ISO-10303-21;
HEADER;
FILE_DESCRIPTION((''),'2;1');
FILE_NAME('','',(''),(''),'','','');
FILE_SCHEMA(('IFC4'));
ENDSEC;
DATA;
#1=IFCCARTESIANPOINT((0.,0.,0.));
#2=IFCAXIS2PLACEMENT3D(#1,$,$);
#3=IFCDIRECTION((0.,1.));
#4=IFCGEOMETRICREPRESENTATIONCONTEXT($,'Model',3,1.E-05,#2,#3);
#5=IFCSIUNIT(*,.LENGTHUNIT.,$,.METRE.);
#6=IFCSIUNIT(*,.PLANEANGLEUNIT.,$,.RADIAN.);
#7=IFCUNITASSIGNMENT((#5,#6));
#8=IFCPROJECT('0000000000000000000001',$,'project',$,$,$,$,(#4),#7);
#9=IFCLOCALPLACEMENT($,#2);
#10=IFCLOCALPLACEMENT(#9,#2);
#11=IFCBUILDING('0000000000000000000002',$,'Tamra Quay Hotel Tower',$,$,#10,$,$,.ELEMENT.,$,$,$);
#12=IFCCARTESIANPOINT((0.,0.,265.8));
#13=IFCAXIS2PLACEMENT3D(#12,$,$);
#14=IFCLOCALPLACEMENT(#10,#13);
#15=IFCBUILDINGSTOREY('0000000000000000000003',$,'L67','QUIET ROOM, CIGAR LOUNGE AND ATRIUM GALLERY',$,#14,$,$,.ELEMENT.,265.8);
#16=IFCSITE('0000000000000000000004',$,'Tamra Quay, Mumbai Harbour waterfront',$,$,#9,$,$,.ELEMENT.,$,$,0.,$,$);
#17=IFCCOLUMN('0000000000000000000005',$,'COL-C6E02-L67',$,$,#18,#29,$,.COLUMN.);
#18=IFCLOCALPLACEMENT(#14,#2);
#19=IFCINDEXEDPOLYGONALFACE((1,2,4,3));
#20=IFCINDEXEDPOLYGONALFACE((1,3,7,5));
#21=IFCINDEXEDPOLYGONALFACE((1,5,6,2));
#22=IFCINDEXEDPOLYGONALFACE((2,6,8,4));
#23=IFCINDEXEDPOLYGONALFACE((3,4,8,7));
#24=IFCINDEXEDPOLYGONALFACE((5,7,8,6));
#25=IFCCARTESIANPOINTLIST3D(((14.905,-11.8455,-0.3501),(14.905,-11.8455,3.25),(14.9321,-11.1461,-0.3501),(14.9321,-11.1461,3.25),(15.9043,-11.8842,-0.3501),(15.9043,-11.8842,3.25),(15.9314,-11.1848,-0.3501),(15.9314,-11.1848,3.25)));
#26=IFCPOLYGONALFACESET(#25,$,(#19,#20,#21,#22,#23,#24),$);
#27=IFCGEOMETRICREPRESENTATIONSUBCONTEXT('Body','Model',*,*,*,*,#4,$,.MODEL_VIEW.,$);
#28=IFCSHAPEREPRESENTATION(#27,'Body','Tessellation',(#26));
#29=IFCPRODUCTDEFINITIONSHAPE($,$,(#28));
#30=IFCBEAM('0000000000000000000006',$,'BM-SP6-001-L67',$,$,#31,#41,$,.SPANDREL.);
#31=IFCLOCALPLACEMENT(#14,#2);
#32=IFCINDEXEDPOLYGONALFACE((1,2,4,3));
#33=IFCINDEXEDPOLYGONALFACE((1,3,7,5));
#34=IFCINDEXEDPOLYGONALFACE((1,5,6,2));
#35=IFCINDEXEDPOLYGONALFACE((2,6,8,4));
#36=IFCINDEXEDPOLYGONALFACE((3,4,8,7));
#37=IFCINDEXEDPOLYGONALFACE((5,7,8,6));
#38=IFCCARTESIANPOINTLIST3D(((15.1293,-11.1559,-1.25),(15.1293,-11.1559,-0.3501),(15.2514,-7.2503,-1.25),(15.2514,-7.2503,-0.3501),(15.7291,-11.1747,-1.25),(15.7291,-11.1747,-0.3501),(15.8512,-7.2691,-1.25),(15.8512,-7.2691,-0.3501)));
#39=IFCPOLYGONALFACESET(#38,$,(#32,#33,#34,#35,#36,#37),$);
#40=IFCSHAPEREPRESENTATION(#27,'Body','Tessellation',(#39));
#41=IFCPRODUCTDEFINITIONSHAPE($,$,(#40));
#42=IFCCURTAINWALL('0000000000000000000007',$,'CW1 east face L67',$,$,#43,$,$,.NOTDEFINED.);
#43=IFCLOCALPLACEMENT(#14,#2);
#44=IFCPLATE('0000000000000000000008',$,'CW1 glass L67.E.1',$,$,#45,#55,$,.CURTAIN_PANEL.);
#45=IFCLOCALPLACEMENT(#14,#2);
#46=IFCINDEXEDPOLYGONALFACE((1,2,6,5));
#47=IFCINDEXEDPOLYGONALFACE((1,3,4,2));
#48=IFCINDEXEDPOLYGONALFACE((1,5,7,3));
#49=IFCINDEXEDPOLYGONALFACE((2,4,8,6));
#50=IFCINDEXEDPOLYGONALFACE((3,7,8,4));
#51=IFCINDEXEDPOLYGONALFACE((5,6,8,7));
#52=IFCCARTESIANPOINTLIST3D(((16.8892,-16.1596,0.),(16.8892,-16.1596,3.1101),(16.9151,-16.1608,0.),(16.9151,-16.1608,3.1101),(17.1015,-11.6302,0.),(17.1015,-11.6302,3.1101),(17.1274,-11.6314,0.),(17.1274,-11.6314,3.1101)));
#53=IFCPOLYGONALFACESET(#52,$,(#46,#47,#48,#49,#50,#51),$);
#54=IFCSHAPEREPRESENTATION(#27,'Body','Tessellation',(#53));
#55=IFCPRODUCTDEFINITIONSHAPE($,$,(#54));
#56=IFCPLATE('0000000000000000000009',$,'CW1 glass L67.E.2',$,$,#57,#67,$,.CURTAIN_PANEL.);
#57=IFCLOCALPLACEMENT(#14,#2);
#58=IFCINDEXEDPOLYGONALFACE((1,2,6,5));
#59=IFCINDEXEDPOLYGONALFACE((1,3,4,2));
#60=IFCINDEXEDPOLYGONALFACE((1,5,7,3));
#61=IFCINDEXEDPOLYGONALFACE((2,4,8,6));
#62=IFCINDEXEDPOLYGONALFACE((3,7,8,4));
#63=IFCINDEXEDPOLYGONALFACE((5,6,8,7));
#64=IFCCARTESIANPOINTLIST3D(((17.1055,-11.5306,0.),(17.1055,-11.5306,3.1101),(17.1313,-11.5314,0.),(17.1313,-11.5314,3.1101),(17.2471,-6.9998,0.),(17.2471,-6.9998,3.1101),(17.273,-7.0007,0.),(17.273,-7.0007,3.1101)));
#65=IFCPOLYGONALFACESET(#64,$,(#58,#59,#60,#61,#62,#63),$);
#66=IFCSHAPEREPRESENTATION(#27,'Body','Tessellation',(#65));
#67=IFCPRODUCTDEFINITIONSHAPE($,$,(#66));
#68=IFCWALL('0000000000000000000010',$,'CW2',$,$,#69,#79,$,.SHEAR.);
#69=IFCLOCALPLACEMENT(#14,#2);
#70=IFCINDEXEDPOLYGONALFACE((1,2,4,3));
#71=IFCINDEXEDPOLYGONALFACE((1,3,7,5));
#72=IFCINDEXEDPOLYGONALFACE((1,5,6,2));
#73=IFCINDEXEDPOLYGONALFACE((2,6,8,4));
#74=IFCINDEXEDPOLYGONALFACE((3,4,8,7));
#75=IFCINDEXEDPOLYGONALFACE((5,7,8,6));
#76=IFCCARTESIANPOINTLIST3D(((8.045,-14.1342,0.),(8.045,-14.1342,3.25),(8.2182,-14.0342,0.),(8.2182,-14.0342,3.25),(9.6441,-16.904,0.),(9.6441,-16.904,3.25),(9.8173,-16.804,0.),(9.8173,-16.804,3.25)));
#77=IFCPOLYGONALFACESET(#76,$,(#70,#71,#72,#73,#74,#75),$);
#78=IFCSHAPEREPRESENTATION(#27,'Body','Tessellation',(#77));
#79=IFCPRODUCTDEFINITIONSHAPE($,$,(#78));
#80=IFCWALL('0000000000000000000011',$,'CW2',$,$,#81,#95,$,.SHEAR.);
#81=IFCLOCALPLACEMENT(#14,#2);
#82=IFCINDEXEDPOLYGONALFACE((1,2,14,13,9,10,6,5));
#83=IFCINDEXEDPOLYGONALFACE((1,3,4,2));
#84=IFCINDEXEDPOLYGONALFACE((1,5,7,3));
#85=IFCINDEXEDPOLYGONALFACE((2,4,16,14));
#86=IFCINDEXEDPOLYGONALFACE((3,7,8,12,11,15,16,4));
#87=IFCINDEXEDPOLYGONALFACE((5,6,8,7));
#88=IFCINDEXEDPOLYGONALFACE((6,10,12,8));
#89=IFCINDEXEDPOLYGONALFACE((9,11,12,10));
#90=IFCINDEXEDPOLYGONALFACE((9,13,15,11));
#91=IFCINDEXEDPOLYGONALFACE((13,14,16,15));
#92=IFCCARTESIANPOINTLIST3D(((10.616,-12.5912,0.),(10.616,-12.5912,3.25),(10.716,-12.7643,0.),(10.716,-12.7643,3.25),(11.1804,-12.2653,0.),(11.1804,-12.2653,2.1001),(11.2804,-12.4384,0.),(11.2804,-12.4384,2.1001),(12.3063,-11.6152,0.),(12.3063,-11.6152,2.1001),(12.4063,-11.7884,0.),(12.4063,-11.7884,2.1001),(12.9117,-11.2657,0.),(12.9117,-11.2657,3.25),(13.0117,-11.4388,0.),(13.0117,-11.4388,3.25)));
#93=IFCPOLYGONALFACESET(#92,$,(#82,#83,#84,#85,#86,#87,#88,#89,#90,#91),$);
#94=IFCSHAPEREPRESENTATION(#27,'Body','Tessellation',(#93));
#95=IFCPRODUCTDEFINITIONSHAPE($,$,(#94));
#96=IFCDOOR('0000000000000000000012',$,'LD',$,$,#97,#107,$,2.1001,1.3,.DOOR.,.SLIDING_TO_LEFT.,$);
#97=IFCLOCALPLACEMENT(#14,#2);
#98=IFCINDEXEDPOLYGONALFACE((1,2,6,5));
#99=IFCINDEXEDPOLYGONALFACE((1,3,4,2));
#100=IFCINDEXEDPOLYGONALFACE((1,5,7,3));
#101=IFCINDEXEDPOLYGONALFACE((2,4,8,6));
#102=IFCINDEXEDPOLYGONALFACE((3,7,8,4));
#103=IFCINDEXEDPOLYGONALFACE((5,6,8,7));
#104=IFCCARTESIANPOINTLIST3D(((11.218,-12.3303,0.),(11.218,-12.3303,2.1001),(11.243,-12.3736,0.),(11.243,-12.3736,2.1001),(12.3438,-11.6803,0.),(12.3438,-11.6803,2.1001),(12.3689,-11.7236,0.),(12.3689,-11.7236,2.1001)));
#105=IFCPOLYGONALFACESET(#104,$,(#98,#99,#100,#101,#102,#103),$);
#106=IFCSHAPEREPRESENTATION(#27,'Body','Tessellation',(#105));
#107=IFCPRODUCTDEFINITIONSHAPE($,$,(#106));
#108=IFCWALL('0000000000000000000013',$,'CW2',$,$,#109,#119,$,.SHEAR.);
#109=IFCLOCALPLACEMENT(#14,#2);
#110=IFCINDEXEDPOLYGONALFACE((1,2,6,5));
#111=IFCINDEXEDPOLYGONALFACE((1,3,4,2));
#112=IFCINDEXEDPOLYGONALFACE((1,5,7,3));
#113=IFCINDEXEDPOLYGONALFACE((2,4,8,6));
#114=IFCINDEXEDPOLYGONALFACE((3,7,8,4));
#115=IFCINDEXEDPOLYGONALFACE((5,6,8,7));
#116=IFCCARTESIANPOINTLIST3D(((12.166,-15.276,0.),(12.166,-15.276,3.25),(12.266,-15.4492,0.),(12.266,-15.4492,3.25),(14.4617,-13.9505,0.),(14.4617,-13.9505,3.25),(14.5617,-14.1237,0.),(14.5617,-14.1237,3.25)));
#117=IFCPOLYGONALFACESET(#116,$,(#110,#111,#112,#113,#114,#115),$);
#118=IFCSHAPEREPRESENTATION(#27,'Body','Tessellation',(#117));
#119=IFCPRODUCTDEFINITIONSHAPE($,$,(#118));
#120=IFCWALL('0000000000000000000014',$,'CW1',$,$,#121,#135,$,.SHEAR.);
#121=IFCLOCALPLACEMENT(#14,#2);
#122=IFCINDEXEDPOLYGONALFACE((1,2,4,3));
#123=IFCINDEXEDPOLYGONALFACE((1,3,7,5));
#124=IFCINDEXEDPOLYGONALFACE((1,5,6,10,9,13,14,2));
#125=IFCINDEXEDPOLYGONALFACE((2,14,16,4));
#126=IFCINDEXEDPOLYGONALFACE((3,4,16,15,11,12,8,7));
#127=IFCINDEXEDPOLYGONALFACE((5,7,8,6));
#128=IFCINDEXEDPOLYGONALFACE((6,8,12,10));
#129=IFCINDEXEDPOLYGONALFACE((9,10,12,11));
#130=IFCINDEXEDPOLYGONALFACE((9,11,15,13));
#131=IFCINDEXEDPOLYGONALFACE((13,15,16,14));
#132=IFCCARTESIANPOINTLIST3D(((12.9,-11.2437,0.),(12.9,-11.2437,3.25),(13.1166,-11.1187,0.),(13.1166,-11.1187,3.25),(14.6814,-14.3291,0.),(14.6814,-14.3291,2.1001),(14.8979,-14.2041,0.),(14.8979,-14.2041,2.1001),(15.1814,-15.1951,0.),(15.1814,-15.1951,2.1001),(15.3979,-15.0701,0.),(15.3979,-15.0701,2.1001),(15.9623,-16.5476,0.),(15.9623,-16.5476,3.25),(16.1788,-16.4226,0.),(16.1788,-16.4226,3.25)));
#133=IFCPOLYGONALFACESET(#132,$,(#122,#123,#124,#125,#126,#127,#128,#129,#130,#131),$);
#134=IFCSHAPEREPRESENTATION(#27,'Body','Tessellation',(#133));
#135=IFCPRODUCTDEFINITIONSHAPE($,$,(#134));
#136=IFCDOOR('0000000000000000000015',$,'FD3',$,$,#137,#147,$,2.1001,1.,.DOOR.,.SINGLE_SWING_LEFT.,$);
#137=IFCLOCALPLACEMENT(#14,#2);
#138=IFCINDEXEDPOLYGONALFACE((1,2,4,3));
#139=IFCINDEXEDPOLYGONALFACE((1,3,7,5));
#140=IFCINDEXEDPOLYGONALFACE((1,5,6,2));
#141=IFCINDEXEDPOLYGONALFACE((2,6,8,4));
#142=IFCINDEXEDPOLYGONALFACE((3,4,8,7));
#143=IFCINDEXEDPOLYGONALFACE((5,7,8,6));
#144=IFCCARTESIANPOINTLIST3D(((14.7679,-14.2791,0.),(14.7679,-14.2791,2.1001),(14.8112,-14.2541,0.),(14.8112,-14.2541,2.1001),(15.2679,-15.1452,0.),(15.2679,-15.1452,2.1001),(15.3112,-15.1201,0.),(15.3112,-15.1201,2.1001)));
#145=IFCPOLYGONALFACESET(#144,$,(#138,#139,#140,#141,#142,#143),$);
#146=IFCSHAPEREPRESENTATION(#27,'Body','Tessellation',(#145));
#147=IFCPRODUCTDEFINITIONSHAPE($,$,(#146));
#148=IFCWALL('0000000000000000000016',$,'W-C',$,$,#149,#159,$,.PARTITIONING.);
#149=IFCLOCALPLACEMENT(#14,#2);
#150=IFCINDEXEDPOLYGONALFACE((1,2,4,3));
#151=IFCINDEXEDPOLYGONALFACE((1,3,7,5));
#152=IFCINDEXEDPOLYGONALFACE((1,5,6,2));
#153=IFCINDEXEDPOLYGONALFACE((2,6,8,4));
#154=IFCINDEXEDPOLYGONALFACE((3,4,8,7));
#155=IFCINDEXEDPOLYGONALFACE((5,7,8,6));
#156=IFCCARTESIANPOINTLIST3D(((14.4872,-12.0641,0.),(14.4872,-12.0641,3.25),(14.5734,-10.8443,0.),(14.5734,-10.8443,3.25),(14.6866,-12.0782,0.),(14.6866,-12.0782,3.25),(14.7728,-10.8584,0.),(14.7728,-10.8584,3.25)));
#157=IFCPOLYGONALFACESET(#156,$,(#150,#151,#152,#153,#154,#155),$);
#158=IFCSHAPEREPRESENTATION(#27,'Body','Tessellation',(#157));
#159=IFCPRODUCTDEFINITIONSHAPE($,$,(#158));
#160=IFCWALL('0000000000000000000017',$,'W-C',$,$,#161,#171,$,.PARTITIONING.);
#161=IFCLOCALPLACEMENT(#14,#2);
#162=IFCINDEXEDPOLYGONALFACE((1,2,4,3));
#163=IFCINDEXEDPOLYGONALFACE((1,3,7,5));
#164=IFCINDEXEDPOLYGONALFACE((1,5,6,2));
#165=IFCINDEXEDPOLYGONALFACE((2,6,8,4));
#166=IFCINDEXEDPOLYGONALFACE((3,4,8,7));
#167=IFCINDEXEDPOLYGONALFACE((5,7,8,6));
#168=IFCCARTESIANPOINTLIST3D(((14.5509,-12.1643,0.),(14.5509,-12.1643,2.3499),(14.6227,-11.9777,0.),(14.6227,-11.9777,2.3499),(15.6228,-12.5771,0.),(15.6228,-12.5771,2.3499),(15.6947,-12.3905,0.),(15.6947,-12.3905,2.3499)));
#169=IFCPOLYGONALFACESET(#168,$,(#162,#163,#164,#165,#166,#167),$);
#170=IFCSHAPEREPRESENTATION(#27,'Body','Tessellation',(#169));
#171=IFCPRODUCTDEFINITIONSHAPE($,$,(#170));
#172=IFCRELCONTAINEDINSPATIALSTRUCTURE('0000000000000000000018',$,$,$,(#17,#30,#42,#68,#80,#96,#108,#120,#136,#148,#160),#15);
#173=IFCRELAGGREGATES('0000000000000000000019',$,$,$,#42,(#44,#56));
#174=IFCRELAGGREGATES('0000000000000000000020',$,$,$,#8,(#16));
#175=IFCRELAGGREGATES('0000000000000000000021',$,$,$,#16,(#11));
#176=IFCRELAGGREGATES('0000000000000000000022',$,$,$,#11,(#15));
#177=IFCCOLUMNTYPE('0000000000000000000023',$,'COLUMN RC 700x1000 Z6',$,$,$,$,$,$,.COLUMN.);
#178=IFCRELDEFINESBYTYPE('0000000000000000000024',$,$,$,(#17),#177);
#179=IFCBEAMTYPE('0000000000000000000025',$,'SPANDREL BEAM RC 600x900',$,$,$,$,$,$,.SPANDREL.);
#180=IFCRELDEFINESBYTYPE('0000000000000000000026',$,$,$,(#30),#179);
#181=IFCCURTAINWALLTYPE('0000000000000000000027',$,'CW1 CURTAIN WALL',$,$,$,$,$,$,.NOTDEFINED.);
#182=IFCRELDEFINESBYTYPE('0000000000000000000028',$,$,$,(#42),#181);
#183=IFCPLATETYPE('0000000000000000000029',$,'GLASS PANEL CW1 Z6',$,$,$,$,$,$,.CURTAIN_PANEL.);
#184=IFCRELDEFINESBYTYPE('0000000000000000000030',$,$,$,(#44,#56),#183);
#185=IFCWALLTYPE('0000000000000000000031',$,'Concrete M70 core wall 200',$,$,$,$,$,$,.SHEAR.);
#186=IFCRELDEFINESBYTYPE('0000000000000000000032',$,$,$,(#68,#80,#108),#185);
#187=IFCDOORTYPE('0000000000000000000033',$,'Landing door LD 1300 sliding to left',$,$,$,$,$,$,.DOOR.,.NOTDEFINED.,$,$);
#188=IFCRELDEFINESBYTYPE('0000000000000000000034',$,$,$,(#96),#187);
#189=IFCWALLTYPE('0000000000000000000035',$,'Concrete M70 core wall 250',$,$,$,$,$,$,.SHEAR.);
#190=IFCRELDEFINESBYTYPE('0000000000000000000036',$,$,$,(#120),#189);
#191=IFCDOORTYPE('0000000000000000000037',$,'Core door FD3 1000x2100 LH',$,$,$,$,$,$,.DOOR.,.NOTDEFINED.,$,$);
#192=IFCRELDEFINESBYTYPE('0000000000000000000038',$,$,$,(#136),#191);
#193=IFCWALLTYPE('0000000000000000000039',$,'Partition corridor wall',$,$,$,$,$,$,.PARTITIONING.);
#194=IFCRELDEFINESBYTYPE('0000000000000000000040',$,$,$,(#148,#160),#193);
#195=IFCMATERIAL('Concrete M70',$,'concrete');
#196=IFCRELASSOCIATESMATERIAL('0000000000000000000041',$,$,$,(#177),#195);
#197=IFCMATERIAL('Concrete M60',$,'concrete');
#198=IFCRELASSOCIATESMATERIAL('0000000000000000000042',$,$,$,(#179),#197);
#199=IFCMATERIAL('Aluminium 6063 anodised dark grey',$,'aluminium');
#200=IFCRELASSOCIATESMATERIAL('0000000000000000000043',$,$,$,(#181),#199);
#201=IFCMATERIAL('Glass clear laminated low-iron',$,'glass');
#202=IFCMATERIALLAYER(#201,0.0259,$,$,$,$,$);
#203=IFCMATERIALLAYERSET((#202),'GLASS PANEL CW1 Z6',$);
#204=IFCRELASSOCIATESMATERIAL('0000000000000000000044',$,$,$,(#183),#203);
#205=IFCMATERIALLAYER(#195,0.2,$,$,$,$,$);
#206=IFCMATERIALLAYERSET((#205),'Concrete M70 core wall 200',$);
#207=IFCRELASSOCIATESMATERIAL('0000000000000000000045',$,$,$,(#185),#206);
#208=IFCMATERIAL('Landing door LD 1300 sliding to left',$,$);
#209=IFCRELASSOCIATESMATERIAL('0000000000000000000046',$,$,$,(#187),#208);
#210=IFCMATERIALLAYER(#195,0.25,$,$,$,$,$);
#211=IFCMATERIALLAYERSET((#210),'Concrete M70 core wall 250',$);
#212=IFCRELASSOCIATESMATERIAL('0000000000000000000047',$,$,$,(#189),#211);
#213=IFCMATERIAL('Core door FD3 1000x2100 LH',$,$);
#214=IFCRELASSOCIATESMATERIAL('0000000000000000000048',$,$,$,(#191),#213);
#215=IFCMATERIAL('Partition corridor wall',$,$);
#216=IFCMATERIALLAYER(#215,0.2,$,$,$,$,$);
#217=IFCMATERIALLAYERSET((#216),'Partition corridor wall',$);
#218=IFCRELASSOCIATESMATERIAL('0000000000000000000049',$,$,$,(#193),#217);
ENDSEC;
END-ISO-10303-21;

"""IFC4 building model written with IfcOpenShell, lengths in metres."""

from ifc_helpers import new_model, si_unit, direction, frame, frame_2d, origin, origin_2d, place, context, subcontext, project, spatial, rectangle, extrude, material, layer, layer_set, material_profile, profile_set, type_object, element, fill, aggregate, save


model = new_model("IFC4")

# Units and contexts
model_context = context("Model", 3, precision=1e-05, world=origin(), true_north=direction((0.0, 1.0)))
body_context = subcontext(model_context, "Body", "Model", "MODEL_VIEW")
ifc_project = project(units=[si_unit("LENGTHUNIT", "METRE"), si_unit("PLANEANGLEUNIT", "RADIAN")], contexts=[model_context])

# Site, building, storey
site_placement = place(None, origin())
site = spatial("IfcSite", under=ifc_project, at=site_placement, Name="Tamra Quay, Mumbai Harbour waterfront", CompositionType="ELEMENT", RefElevation=0.0)
building_placement = place(site_placement, origin())
building = spatial("IfcBuilding", under=site, at=building_placement, Name="Tamra Quay Hotel Tower", CompositionType="ELEMENT")
storey_placement = place(building_placement, frame((0.0, 0.0, 265.8)))
storey = spatial("IfcBuildingStorey", under=building, at=storey_placement, Name="L67", Description="QUIET ROOM, CIGAR LOUNGE AND ATRIUM GALLERY", CompositionType="ELEMENT", Elevation=265.8)

# Column
ifc_material_1 = material(Name="Concrete M70", Category="concrete")
ifc_material_profile_1 = material_profile(ifc_material_1, rectangle(XDim=1.0, YDim=0.7, at=origin_2d()), Name="COLUMN RC 700x1000 Z6")
ifc_profile_set_1 = profile_set([ifc_material_profile_1], Name="Concrete M70")
column_type = type_object("IfcColumnType", Name="COLUMN RC 700x1000 Z6", PredefinedType="COLUMN", material=ifc_profile_set_1)
column_placement = place(storey_placement, frame((15.4182, -11.5151, -0.3501), z_axis=(0.0, 0.0, 1.0), x_axis=(-0.999251, 0.038691, 0.0)))
element("IfcColumn", 1, at=column_placement, inside=storey, type_object=column_type, Name="COL-C6E02-L67", PredefinedType="COLUMN", context=body_context, shape_type="SweptSolid", body=[
    extrude(rectangle(XDim=1.0, YDim=0.7, at=origin_2d()), origin(), (0.0, 0.0, 1.0), 3.6001),
])

# Beam
ifc_material_2 = material(Name="Concrete M60", Category="concrete")
ifc_material_profile_2 = material_profile(ifc_material_2, rectangle(XDim=0.6001, YDim=0.8999, at=origin_2d()), Name="SPANDREL BEAM RC 600x900")
ifc_profile_set_2 = profile_set([ifc_material_profile_2], Name="Concrete M60")
beam_type = type_object("IfcBeamType", Name="SPANDREL BEAM RC 600x900", PredefinedType="SPANDREL", material=ifc_profile_set_2)
beam_placement = place(storey_placement, frame((15.4292, -11.1653, -0.8), z_axis=(0.031241, 0.999512, 0.0), x_axis=(-0.999512, 0.031241, 0.0)))
element("IfcBeam", 2, at=beam_placement, inside=storey, type_object=beam_type, Name="BM-SP6-001-L67", PredefinedType="SPANDREL", context=body_context, shape_type="SweptSolid", body=[
    extrude(rectangle(XDim=0.6001, YDim=0.8999, at=origin_2d()), origin(), (0.0, 0.0, 1.0), 3.9075),
])

# Curtain wall, plates
ifc_material_3 = material(Name="Aluminium 6063 anodised dark grey", Category="aluminium")
curtain_wall_type = type_object("IfcCurtainWallType", Name="CW1 CURTAIN WALL", PredefinedType="NOTDEFINED", material=ifc_material_3)
curtain_wall_placement = place(storey_placement, origin())
curtain_wall = element("IfcCurtainWall", 3, at=curtain_wall_placement, inside=storey, type_object=curtain_wall_type, Name="CW1 east face L67", PredefinedType="NOTDEFINED")
ifc_material_4 = material(Name="Glass clear laminated low-iron", Category="glass")
ifc_layer_1 = layer(ifc_material_4, 0.0259)
ifc_layer_set_1 = layer_set([ifc_layer_1], Name="GLASS PANEL CW1 Z6")
plate_type = type_object("IfcPlateType", Name="GLASS PANEL CW1 Z6", PredefinedType="CURTAIN_PANEL", material=ifc_layer_set_1)
plate_1_placement = place(storey_placement, frame((17.0083, -13.8955, 0.0), z_axis=(0.0, 0.0, 1.0), x_axis=(0.046821, 0.998903, 0.0)))
plate_1 = element("IfcPlate", 4, at=plate_1_placement, type_object=plate_type, Name="CW1 glass L67.E.1", PredefinedType="CURTAIN_PANEL", context=body_context, shape_type="SweptSolid", body=[
    extrude(rectangle(XDim=4.5344, YDim=0.0259, at=origin_2d()), origin(), (0.0, 0.0, 1.0), 3.1101),
])
plate_2_placement = place(storey_placement, frame((17.1892, -9.2656, 0.0), z_axis=(0.0, 0.0, 1.0), x_axis=(0.031242, 0.999512, 0.0)))
plate_2 = element("IfcPlate", 5, at=plate_2_placement, type_object=plate_type, Name="CW1 glass L67.E.2", PredefinedType="CURTAIN_PANEL", context=body_context, shape_type="SweptSolid", body=[
    extrude(rectangle(XDim=4.533, YDim=0.0259, at=origin_2d()), origin(), (0.0, 0.0, 1.0), 3.1101),
])
aggregate(curtain_wall, [plate_1, plate_2])

# Wall
ifc_layer_2 = layer(ifc_material_1, 0.2)
ifc_layer_set_2 = layer_set([ifc_layer_2], Name="Concrete M70 core wall 200")
wall_type_1 = type_object("IfcWallType", Name="Concrete M70 core wall 200", PredefinedType="SHEAR", material=ifc_layer_set_2)
wall_1_placement = place(storey_placement, frame((8.1316, -14.0842, 0.0), z_axis=(0.0, 0.0, 1.0), x_axis=(0.499998, -0.866027, 0.0)))
element("IfcWall", 6, at=wall_1_placement, inside=storey, type_object=wall_type_1, Name="CW2", PredefinedType="SHEAR", context=body_context, shape_type="SweptSolid", body=[
    extrude(rectangle(XDim=3.1982, YDim=0.2, at=frame_2d((1.5991, 0.0))), origin(), (0.0, 0.0, 1.0), 3.25),
])

# Wall, opening, door
wall_2_placement = place(storey_placement, frame((10.666, -12.6777, 0.0), z_axis=(0.0, 0.0, 1.0), x_axis=(0.866018, 0.500012, 0.0)))
wall_2 = element("IfcWall", 7, at=wall_2_placement, inside=storey, type_object=wall_type_1, Name="CW2", PredefinedType="SHEAR", context=body_context, shape_type="SweptSolid", body=[
    extrude(rectangle(XDim=2.6509, YDim=0.2, at=frame_2d((1.3254, 0.0))), origin(), (0.0, 0.0, 1.0), 3.25),
])
opening_1_placement = place(wall_2_placement, frame((0.6519, 0.0, 0.0)))
opening_1 = element("IfcOpeningElement", 8, at=opening_1_placement, cuts=wall_2, PredefinedType="OPENING", context=body_context, shape_type="SweptSolid", body=[
    extrude(rectangle(XDim=1.3, YDim=2.1001, at=frame_2d((0.6499, 1.05))), frame((0.0, 0.1099, 0.0), z_axis=(0.0, -1.0, 0.0), x_axis=(1.0, 0.0, 0.0)), (0.0, 0.0, 1.0), 0.22),
])
ifc_material_5 = material(Name="Landing door LD 1300 sliding to left")
door_type_1 = type_object("IfcDoorType", Name="Landing door LD 1300 sliding to left", OperationType="NOTDEFINED", PredefinedType="DOOR", material=ifc_material_5)
door_1_placement = place(opening_1_placement, origin())
door_1 = element("IfcDoor", 9, at=door_1_placement, inside=storey, type_object=door_type_1, Name="LD", OperationType="SLIDING_TO_LEFT", OverallHeight=2.1001, OverallWidth=1.3, PredefinedType="DOOR", context=body_context, shape_type="SweptSolid", body=[
    extrude(rectangle(XDim=1.3, YDim=2.1001, at=frame_2d((0.6499, 1.05))), frame((0.0, 0.0249, 0.0), z_axis=(0.0, -1.0, 0.0), x_axis=(1.0, 0.0, 0.0)), (0.0, 0.0, 1.0), 0.05),
])
fill(opening_1, door_1)

# Wall
wall_3_placement = place(storey_placement, frame((14.5117, -14.0371, 0.0), z_axis=(0.0, 0.0, 1.0), x_axis=(-0.866018, -0.500012, 0.0)))
element("IfcWall", 10, at=wall_3_placement, inside=storey, type_object=wall_type_1, Name="CW2", PredefinedType="SHEAR", context=body_context, shape_type="SweptSolid", body=[
    extrude(rectangle(XDim=2.6509, YDim=0.2, at=frame_2d((1.3254, 0.0))), origin(), (0.0, 0.0, 1.0), 3.25),
])

# Wall, opening, door
ifc_layer_3 = layer(ifc_material_1, 0.25)
ifc_layer_set_3 = layer_set([ifc_layer_3], Name="Concrete M70 core wall 250")
wall_type_2 = type_object("IfcWallType", Name="Concrete M70 core wall 250", PredefinedType="SHEAR", material=ifc_layer_set_3)
wall_4_placement = place(storey_placement, frame((13.0083, -11.1812, 0.0), z_axis=(0.0, 0.0, 1.0), x_axis=(0.500002, -0.866024, 0.0)))
wall_4 = element("IfcWall", 11, at=wall_4_placement, inside=storey, type_object=wall_type_2, Name="CW1", PredefinedType="SHEAR", context=body_context, shape_type="SweptSolid", body=[
    extrude(rectangle(XDim=6.1245, YDim=0.25, at=frame_2d((3.0623, 0.0))), origin(), (0.0, 0.0, 1.0), 3.25),
])
opening_2_placement = place(wall_4_placement, frame((3.5627, 0.0, 0.0)))
opening_2 = element("IfcOpeningElement", 12, at=opening_2_placement, cuts=wall_4, PredefinedType="OPENING", context=body_context, shape_type="SweptSolid", body=[
    extrude(rectangle(XDim=1.0, YDim=2.1001, at=frame_2d((0.5, 1.05))), frame((0.0, 0.135, 0.0), z_axis=(0.0, -1.0, 0.0), x_axis=(1.0, 0.0, 0.0)), (0.0, 0.0, 1.0), 0.27),
])
ifc_material_6 = material(Name="Core door FD3 1000x2100 LH")
door_type_2 = type_object("IfcDoorType", Name="Core door FD3 1000x2100 LH", OperationType="NOTDEFINED", PredefinedType="DOOR", material=ifc_material_6)
door_2_placement = place(opening_2_placement, origin())
door_2 = element("IfcDoor", 13, at=door_2_placement, inside=storey, type_object=door_type_2, Name="FD3", OperationType="SINGLE_SWING_LEFT", OverallHeight=2.1001, OverallWidth=1.0, PredefinedType="DOOR", context=body_context, shape_type="SweptSolid", body=[
    extrude(rectangle(XDim=1.0, YDim=2.1001, at=frame_2d((0.5, 1.05))), frame((0.0, 0.0249, 0.0), z_axis=(0.0, -1.0, 0.0), x_axis=(1.0, 0.0, 0.0)), (0.0, 0.0, 1.0), 0.05),
])
fill(opening_2, door_2)

# Walls
ifc_material_7 = material(Name="Partition corridor wall")
ifc_layer_4 = layer(ifc_material_7, 0.2)
ifc_layer_set_4 = layer_set([ifc_layer_4], Name="Partition corridor wall")
wall_type_3 = type_object("IfcWallType", Name="Partition corridor wall", PredefinedType="PARTITIONING", material=ifc_layer_set_4)
wall_5_placement = place(storey_placement, frame((14.5869, -12.071, 0.0), z_axis=(0.0, 0.0, 1.0), x_axis=(0.070467, 0.997514, 0.0)))
element("IfcWall", 14, at=wall_5_placement, inside=storey, type_object=wall_type_3, Name="W-C", PredefinedType="PARTITIONING", context=body_context, shape_type="SweptSolid", body=[
    extrude(rectangle(XDim=1.2229, YDim=0.2, at=frame_2d((0.6113, 0.0))), origin(), (0.0, 0.0, 1.0), 3.25),
])
wall_6_placement = place(storey_placement, frame((14.5869, -12.071, 0.0), z_axis=(0.0, 0.0, 1.0), x_axis=(0.933192, -0.359378, 0.0)))
element("IfcWall", 15, at=wall_6_placement, inside=storey, type_object=wall_type_3, Name="W-C", PredefinedType="PARTITIONING", context=body_context, shape_type="SweptSolid", body=[
    extrude(rectangle(XDim=1.1487, YDim=0.2, at=frame_2d((0.5742, 0.0))), origin(), (0.0, 0.0, 1.0), 2.3499),
])

save(model, "model.ifc")
